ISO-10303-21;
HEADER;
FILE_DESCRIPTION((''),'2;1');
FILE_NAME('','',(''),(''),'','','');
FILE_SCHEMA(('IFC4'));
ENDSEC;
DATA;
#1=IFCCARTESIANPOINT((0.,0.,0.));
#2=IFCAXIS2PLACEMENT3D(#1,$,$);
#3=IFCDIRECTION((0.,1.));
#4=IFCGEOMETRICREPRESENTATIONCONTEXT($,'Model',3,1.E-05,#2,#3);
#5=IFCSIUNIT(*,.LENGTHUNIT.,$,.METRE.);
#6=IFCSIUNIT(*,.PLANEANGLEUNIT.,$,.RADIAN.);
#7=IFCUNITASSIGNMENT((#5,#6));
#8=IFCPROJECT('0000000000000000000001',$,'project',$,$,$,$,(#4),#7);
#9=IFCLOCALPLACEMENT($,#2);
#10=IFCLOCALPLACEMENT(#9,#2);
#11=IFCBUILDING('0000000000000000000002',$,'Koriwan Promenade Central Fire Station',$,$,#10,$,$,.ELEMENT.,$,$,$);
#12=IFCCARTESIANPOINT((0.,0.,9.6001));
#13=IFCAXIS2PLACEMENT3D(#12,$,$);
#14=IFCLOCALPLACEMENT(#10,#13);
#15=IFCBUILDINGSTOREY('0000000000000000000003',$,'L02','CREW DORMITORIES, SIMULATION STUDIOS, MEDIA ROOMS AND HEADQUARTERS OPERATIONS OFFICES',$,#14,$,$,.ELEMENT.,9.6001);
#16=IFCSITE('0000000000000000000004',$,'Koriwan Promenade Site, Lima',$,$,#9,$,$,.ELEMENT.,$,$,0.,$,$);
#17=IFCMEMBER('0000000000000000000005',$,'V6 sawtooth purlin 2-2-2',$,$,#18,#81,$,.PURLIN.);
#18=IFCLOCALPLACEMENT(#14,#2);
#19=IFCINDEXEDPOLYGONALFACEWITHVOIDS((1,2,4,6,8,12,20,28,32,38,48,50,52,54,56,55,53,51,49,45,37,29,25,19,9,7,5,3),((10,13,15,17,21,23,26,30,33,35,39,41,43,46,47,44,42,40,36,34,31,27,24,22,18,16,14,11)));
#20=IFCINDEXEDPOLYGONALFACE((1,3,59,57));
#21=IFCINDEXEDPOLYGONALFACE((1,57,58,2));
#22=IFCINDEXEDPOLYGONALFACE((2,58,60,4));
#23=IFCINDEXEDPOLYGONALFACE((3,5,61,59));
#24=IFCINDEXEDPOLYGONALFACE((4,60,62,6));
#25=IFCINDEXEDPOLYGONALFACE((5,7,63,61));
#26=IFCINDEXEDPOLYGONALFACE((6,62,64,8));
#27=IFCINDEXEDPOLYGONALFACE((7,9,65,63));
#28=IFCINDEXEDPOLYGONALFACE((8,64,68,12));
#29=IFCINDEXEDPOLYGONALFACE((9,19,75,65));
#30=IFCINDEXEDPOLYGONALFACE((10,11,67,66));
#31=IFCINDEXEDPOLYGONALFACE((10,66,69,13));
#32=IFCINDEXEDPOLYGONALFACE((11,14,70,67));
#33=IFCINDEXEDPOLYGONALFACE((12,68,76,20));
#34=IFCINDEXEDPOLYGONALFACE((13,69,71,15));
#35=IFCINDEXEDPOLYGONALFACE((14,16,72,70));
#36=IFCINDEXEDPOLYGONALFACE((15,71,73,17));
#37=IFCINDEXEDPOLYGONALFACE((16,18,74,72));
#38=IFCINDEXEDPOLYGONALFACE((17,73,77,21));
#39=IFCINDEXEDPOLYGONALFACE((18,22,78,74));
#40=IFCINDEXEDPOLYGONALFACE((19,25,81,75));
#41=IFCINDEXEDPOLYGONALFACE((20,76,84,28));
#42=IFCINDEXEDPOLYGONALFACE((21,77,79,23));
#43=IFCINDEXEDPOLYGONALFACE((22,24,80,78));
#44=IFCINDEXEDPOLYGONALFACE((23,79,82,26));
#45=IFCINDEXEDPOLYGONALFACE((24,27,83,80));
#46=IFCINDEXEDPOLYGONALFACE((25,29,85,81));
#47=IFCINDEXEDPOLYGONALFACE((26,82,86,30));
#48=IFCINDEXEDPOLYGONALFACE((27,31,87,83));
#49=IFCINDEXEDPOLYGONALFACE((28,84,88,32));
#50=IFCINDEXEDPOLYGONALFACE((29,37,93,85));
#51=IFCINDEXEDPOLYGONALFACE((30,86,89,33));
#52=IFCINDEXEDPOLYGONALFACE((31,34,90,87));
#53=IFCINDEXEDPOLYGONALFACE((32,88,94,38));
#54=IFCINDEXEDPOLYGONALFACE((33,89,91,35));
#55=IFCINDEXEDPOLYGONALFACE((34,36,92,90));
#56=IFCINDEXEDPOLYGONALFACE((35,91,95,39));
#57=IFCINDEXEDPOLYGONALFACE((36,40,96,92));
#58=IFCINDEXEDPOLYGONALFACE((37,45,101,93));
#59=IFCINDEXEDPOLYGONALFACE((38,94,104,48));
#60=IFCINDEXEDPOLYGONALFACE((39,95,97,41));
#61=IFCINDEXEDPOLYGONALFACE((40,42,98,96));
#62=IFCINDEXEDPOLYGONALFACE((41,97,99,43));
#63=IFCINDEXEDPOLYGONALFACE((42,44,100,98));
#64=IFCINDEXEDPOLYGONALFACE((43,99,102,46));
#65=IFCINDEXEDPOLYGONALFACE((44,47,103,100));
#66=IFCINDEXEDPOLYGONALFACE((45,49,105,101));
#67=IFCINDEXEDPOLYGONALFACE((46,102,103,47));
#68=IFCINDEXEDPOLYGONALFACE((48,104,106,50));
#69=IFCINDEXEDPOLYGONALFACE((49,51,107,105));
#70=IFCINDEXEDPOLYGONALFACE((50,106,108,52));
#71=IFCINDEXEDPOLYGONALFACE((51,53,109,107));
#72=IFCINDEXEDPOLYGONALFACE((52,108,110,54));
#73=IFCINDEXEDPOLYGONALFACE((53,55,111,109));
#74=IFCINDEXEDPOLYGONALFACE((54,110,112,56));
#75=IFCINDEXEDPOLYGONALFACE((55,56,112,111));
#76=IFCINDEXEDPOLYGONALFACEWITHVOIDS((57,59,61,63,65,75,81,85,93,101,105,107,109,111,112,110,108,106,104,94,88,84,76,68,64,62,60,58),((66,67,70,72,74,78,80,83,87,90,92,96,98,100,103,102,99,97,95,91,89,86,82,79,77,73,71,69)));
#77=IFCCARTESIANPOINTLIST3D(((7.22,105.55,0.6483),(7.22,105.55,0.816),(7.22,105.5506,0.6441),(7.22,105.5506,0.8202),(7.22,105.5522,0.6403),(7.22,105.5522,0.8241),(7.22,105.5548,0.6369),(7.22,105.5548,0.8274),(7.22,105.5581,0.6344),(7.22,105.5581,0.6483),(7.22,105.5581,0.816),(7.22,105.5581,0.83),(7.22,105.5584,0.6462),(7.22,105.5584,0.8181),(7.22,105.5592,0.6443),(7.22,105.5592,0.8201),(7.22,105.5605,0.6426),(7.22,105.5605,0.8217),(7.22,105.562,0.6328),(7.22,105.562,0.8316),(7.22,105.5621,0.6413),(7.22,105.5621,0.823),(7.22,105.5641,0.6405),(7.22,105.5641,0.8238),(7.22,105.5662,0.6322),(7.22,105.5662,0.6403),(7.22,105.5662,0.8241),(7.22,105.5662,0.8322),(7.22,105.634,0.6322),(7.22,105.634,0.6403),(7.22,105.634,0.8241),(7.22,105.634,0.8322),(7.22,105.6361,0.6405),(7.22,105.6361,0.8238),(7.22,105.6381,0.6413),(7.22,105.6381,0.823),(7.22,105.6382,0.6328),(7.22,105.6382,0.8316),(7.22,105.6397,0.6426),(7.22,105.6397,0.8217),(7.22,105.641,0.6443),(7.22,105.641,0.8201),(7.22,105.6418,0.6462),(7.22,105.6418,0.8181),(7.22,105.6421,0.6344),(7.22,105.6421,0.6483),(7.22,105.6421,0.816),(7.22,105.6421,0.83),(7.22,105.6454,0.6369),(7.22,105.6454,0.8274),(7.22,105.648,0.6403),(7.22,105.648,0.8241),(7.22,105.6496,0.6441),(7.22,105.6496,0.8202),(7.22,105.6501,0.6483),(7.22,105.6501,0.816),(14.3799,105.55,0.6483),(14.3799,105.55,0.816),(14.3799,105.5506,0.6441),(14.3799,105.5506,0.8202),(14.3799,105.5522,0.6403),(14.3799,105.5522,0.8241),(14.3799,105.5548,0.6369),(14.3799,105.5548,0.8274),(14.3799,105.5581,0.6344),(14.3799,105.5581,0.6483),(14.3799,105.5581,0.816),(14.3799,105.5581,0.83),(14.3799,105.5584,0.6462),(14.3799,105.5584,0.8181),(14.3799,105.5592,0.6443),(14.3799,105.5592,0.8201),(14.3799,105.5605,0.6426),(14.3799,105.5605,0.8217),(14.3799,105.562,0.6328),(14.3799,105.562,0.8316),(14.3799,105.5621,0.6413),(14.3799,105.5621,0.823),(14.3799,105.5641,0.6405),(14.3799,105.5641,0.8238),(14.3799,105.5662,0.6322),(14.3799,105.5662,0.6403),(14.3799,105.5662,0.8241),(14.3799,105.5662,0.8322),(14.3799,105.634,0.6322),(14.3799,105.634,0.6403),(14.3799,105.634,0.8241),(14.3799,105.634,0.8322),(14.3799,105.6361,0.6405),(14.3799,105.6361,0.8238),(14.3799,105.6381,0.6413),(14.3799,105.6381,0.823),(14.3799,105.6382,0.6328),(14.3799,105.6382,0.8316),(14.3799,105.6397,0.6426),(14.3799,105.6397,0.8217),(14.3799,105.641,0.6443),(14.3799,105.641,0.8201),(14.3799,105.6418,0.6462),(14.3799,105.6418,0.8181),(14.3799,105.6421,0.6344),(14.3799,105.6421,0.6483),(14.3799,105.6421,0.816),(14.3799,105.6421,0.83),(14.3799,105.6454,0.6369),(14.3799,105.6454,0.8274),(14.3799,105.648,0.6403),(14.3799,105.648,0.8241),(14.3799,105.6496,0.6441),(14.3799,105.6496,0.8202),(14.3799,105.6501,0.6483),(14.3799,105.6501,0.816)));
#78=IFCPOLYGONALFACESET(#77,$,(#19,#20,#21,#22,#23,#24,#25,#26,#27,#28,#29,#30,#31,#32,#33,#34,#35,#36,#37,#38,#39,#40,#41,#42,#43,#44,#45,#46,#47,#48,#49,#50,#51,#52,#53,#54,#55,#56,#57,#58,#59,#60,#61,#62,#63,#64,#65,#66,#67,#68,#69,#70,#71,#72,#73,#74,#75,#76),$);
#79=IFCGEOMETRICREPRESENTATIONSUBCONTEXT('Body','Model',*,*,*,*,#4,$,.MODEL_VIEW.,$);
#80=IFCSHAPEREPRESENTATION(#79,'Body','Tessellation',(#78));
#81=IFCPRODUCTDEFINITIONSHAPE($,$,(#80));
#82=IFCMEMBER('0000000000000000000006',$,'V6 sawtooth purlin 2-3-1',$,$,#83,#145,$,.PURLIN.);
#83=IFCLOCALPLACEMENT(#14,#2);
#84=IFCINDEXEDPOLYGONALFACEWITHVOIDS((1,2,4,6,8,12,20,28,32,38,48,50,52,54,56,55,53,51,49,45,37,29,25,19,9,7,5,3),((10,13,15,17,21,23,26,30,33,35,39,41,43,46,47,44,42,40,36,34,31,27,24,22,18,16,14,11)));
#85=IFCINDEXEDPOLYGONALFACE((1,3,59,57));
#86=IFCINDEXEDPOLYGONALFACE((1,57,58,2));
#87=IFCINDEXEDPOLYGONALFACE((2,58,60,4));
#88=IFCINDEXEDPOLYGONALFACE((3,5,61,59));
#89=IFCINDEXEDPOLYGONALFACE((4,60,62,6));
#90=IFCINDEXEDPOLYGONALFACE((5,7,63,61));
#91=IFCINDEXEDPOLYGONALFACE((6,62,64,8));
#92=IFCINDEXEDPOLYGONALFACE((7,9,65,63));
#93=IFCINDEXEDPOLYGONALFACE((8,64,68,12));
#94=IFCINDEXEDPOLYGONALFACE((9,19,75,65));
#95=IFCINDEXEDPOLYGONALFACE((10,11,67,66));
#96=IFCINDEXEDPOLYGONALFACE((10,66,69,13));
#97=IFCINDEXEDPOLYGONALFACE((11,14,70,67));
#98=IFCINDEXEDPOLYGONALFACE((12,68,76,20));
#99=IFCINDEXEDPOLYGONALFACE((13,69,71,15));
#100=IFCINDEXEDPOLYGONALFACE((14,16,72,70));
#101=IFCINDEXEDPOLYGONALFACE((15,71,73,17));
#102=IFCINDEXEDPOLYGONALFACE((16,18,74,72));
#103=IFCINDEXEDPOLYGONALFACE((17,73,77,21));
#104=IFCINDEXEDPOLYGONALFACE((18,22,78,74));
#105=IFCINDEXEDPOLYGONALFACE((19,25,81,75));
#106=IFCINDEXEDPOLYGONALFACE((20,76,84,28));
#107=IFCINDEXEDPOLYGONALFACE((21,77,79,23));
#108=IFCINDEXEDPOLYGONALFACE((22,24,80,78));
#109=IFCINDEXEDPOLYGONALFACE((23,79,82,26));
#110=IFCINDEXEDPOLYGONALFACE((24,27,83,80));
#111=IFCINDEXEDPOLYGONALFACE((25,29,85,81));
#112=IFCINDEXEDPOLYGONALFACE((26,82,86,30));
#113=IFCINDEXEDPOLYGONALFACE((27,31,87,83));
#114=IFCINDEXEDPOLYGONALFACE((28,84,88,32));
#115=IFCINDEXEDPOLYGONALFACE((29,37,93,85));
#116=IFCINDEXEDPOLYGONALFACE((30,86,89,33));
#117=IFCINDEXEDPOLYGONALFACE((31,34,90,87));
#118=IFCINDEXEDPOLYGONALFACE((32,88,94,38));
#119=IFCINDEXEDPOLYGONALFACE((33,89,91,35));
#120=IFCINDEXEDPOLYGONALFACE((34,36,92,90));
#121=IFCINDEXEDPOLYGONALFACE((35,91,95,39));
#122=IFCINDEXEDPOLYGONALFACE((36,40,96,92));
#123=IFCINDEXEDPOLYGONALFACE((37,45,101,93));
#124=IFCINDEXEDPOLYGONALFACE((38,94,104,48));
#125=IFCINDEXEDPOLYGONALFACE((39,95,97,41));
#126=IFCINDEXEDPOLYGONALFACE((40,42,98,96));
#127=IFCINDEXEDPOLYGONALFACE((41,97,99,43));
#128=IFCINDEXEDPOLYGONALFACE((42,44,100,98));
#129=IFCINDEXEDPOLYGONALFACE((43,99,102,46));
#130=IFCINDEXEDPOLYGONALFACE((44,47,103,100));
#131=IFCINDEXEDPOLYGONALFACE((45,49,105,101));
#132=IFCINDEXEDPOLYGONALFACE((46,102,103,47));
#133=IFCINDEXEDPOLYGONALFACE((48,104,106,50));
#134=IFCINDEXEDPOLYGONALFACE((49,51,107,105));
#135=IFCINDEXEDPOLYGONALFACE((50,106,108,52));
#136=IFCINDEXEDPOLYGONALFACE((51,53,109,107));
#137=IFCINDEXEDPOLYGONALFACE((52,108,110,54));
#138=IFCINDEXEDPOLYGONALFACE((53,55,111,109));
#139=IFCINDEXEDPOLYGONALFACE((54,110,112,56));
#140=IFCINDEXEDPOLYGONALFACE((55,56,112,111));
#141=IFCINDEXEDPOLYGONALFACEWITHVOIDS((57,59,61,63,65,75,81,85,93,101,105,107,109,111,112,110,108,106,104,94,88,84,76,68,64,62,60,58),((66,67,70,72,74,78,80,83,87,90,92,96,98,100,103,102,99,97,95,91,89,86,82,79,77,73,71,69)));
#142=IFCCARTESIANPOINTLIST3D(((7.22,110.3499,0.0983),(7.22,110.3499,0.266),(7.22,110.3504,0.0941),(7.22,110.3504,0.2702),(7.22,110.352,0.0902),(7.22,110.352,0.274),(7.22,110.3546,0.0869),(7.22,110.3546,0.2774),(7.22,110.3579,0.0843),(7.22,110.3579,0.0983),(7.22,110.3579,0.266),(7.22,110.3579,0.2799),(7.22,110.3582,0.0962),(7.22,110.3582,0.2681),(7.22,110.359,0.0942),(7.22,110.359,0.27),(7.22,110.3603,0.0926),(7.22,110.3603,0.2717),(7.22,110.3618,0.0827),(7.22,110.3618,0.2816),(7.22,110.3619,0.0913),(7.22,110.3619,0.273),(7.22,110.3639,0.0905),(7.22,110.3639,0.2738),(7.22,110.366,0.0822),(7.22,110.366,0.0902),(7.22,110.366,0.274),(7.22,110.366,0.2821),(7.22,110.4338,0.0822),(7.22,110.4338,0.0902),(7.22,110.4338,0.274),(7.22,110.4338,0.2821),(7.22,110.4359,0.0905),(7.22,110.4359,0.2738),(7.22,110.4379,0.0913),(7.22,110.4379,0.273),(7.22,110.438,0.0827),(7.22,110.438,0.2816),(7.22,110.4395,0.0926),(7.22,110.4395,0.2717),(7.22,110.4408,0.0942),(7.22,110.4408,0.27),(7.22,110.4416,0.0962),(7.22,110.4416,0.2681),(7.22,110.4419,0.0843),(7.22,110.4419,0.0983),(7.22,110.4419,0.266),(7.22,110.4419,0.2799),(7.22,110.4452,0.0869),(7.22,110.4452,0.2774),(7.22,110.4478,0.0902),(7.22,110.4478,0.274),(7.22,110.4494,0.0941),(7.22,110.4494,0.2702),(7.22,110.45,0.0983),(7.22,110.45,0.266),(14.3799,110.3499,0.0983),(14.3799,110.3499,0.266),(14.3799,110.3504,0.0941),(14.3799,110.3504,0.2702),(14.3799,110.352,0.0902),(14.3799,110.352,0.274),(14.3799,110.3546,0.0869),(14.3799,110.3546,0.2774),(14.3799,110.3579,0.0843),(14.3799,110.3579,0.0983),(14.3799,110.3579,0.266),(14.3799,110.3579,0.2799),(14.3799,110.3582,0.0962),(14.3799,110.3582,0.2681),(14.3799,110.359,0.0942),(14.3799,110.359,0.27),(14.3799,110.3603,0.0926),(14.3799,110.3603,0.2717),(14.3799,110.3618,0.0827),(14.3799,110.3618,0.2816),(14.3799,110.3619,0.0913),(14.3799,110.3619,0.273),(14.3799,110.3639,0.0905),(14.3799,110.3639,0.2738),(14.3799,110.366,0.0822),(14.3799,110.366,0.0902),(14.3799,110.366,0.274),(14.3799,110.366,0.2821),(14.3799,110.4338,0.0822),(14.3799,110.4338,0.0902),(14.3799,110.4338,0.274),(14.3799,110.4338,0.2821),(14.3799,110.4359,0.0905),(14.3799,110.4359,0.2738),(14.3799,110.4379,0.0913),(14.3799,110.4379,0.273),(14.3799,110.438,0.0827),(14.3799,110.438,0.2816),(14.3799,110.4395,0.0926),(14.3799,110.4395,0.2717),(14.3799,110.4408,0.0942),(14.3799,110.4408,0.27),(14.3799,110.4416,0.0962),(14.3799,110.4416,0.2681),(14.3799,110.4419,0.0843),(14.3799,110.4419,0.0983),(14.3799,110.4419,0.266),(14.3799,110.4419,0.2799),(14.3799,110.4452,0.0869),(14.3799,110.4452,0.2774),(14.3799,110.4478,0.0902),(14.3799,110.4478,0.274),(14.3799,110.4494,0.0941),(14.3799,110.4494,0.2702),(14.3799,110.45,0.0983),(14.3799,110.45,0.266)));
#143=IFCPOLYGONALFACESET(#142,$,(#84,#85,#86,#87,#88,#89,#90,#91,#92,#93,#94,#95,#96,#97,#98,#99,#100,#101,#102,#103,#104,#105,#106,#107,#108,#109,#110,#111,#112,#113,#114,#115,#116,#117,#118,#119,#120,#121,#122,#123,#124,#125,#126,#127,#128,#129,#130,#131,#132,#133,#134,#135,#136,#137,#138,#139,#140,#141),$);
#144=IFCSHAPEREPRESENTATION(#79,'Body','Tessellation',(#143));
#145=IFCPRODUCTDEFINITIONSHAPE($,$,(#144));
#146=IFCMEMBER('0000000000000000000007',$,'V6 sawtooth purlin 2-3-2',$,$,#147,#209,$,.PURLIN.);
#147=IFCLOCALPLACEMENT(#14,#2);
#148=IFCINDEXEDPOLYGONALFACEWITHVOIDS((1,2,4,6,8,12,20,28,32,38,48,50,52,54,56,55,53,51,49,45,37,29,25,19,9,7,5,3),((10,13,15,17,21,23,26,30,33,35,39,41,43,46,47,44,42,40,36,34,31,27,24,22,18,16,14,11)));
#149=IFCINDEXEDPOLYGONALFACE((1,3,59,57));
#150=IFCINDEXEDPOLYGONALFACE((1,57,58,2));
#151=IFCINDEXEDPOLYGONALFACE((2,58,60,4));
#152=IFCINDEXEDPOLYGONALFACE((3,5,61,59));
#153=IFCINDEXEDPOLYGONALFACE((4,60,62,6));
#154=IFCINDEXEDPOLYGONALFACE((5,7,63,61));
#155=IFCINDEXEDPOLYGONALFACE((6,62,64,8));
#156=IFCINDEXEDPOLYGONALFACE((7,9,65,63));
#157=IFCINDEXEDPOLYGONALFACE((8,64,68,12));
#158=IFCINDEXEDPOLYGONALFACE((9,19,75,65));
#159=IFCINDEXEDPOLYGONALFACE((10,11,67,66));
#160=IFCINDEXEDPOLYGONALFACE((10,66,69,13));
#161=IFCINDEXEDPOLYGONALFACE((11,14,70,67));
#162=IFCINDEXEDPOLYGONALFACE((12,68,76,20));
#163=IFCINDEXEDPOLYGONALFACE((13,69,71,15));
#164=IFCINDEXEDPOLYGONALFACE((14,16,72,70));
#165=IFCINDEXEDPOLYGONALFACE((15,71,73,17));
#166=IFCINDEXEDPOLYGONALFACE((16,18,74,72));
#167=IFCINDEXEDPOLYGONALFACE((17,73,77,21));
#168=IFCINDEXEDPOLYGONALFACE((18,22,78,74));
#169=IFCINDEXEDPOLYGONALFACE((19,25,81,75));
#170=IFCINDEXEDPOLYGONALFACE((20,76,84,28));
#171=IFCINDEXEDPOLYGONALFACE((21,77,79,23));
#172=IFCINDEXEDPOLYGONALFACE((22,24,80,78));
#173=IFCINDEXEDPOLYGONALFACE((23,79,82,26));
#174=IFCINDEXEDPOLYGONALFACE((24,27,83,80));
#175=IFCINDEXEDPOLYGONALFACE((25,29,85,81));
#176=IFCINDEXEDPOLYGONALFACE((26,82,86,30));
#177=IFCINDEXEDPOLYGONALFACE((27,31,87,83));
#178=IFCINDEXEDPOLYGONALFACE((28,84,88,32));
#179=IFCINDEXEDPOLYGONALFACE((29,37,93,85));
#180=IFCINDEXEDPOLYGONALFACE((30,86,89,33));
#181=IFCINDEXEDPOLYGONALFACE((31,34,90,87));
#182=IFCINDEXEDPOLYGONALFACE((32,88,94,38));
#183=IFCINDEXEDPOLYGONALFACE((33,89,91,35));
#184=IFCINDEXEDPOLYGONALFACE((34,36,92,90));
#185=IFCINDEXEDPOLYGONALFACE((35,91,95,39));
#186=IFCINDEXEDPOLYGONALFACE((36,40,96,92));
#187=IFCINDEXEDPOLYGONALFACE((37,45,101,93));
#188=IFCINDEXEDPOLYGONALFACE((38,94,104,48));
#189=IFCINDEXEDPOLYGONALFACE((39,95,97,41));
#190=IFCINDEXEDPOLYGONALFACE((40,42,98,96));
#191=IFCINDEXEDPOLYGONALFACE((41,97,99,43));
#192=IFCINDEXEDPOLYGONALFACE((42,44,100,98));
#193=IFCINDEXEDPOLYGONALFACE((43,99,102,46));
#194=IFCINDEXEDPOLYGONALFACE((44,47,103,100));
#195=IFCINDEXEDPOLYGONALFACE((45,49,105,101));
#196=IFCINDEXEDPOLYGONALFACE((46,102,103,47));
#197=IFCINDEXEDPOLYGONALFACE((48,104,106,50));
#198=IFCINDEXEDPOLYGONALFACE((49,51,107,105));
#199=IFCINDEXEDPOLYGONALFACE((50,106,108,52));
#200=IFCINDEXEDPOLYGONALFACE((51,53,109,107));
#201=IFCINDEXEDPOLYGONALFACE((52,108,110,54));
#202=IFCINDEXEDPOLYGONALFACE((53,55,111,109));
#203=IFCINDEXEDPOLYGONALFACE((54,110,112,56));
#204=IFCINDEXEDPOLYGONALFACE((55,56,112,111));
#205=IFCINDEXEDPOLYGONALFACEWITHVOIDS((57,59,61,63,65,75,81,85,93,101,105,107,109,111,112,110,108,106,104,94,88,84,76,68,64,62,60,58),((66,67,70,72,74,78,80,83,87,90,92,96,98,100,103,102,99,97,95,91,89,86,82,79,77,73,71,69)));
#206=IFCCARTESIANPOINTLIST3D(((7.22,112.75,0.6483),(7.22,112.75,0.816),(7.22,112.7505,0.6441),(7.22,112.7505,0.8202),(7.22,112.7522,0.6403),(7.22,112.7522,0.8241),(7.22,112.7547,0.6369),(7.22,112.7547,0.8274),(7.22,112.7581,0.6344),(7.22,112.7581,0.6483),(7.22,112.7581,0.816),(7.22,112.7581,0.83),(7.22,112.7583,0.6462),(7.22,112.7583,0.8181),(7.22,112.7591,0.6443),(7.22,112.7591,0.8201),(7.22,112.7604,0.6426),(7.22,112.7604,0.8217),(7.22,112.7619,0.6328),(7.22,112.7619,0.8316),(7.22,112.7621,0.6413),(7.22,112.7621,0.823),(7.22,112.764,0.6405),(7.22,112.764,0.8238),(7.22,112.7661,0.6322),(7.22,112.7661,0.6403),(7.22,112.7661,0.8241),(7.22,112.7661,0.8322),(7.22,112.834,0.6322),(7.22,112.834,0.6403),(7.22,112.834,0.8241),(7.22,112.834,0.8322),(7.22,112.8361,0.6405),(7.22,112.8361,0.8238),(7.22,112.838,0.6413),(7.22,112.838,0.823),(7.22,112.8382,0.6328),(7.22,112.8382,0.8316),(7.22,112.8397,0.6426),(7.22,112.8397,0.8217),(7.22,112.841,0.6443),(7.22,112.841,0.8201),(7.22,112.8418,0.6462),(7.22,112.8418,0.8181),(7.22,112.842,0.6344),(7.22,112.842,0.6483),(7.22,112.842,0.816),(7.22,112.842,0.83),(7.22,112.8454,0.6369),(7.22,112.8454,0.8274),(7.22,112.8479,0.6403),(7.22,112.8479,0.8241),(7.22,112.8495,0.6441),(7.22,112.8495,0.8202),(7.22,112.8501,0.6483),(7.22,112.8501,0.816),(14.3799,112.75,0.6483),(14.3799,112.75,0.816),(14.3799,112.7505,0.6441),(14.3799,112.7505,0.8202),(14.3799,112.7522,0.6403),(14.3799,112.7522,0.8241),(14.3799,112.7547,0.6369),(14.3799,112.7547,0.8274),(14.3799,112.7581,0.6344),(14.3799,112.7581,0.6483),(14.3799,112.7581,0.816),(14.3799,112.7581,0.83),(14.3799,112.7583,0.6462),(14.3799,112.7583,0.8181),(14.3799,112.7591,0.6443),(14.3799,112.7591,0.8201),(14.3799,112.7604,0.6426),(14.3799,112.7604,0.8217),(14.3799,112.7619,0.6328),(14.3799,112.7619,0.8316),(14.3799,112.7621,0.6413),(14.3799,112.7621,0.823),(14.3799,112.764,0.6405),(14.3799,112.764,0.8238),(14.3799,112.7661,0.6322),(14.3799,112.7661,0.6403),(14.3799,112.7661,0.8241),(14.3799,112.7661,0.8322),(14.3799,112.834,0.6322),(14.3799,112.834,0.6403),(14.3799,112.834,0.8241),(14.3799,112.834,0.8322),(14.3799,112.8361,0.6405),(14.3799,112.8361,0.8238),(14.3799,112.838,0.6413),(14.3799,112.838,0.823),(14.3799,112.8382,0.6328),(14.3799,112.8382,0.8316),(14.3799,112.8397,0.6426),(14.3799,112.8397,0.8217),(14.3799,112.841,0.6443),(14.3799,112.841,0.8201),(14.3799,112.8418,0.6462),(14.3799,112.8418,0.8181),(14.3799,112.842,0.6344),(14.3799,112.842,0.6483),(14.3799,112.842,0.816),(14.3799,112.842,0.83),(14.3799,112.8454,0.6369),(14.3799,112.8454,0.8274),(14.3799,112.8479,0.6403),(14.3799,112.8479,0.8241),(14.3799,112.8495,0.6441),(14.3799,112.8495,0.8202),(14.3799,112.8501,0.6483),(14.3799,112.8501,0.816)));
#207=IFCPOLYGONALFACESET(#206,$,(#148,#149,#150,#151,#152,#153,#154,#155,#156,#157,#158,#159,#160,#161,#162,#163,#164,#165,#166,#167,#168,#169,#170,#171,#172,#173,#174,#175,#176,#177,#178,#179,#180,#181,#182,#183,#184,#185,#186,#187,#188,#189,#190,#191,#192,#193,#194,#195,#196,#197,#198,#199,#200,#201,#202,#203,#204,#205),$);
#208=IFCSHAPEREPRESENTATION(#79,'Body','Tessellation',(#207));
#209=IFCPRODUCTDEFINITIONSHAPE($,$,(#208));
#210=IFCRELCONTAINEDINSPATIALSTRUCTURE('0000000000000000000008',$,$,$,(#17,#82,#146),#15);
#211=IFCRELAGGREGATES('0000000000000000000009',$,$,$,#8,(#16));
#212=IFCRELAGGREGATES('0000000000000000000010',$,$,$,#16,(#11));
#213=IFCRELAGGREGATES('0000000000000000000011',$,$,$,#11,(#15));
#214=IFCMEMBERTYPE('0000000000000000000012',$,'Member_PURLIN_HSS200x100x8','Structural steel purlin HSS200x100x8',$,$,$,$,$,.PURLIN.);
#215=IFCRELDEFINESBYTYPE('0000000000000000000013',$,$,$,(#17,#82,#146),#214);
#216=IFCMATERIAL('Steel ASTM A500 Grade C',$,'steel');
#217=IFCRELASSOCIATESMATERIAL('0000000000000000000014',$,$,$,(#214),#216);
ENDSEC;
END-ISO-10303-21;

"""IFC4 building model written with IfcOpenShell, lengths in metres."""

from ifc_helpers import new_model, si_unit, direction, frame, origin, origin_2d, place, context, subcontext, project, spatial, hollow_rectangle, extrude, material, material_profile, profile_set, type_object, element, save


model = new_model("IFC4")

# Units and contexts
model_context = context("Model", 3, precision=1e-05, world=origin(), true_north=direction((0.0, 1.0)))
body_context = subcontext(model_context, "Body", "Model", "MODEL_VIEW")
ifc_project = project(units=[si_unit("LENGTHUNIT", "METRE"), si_unit("PLANEANGLEUNIT", "RADIAN")], contexts=[model_context])

# Site, building, storey
site_placement = place(None, origin())
site = spatial("IfcSite", under=ifc_project, at=site_placement, Name="Koriwan Promenade Site, Lima", CompositionType="ELEMENT", RefElevation=0.0)
building_placement = place(site_placement, origin())
building = spatial("IfcBuilding", under=site, at=building_placement, Name="Koriwan Promenade Central Fire Station", CompositionType="ELEMENT")
storey_placement = place(building_placement, frame((0.0, 0.0, 9.6001)))
storey = spatial("IfcBuildingStorey", under=building, at=storey_placement, Name="L02", Description="CREW DORMITORIES, SIMULATION STUDIOS, MEDIA ROOMS AND HEADQUARTERS OPERATIONS OFFICES", CompositionType="ELEMENT", Elevation=9.6001)

# Members
ifc_material_1 = material(Name="Steel ASTM A500 Grade C", Category="steel")
ifc_material_profile_1 = material_profile(ifc_material_1, hollow_rectangle(XDim=0.1001, YDim=0.2, WallThickness=0.0081, InnerFilletRadius=0.0081, OuterFilletRadius=0.0161, at=origin_2d()), Name="HSS200x100x8")
ifc_profile_set_1 = profile_set([ifc_material_profile_1], Name="Steel ASTM A500 Grade C")
member_type_1 = type_object("IfcMemberType", Name="Member_PURLIN_HSS200x100x8", Description="Structural steel purlin HSS200x100x8", PredefinedType="PURLIN", material=ifc_profile_set_1)
for number, where, z_axis, x_axis, name in (
    (1, (7.22, 105.6001, 0.7322), (1.0, 0.0, 0.0), (0.0, 1.0, 0.0), "V6 sawtooth purlin 2-2-2"),
    (2, (7.22, 110.3999, 0.1821), (1.0, 0.0, 0.0), (0.0, 1.0, 0.0), "V6 sawtooth purlin 2-3-1"),
    (3, (7.22, 112.8, 0.7322), (1.0, 0.0, 0.0), (0.0, 1.0, 0.0), "V6 sawtooth purlin 2-3-2"),
):
    element("IfcMember", number, at=place(storey_placement, frame(where, z_axis=z_axis, x_axis=x_axis)), inside=storey, type_object=member_type_1, Name=name, PredefinedType="PURLIN", context=body_context, shape_type="SweptSolid", body=[
        extrude(hollow_rectangle(XDim=0.1001, YDim=0.2, WallThickness=0.0081, InnerFilletRadius=0.0081, OuterFilletRadius=0.0161, at=origin_2d()), origin(), (0.0, 0.0, 1.0), 7.1599),
    ])

save(model, "model.ifc")
